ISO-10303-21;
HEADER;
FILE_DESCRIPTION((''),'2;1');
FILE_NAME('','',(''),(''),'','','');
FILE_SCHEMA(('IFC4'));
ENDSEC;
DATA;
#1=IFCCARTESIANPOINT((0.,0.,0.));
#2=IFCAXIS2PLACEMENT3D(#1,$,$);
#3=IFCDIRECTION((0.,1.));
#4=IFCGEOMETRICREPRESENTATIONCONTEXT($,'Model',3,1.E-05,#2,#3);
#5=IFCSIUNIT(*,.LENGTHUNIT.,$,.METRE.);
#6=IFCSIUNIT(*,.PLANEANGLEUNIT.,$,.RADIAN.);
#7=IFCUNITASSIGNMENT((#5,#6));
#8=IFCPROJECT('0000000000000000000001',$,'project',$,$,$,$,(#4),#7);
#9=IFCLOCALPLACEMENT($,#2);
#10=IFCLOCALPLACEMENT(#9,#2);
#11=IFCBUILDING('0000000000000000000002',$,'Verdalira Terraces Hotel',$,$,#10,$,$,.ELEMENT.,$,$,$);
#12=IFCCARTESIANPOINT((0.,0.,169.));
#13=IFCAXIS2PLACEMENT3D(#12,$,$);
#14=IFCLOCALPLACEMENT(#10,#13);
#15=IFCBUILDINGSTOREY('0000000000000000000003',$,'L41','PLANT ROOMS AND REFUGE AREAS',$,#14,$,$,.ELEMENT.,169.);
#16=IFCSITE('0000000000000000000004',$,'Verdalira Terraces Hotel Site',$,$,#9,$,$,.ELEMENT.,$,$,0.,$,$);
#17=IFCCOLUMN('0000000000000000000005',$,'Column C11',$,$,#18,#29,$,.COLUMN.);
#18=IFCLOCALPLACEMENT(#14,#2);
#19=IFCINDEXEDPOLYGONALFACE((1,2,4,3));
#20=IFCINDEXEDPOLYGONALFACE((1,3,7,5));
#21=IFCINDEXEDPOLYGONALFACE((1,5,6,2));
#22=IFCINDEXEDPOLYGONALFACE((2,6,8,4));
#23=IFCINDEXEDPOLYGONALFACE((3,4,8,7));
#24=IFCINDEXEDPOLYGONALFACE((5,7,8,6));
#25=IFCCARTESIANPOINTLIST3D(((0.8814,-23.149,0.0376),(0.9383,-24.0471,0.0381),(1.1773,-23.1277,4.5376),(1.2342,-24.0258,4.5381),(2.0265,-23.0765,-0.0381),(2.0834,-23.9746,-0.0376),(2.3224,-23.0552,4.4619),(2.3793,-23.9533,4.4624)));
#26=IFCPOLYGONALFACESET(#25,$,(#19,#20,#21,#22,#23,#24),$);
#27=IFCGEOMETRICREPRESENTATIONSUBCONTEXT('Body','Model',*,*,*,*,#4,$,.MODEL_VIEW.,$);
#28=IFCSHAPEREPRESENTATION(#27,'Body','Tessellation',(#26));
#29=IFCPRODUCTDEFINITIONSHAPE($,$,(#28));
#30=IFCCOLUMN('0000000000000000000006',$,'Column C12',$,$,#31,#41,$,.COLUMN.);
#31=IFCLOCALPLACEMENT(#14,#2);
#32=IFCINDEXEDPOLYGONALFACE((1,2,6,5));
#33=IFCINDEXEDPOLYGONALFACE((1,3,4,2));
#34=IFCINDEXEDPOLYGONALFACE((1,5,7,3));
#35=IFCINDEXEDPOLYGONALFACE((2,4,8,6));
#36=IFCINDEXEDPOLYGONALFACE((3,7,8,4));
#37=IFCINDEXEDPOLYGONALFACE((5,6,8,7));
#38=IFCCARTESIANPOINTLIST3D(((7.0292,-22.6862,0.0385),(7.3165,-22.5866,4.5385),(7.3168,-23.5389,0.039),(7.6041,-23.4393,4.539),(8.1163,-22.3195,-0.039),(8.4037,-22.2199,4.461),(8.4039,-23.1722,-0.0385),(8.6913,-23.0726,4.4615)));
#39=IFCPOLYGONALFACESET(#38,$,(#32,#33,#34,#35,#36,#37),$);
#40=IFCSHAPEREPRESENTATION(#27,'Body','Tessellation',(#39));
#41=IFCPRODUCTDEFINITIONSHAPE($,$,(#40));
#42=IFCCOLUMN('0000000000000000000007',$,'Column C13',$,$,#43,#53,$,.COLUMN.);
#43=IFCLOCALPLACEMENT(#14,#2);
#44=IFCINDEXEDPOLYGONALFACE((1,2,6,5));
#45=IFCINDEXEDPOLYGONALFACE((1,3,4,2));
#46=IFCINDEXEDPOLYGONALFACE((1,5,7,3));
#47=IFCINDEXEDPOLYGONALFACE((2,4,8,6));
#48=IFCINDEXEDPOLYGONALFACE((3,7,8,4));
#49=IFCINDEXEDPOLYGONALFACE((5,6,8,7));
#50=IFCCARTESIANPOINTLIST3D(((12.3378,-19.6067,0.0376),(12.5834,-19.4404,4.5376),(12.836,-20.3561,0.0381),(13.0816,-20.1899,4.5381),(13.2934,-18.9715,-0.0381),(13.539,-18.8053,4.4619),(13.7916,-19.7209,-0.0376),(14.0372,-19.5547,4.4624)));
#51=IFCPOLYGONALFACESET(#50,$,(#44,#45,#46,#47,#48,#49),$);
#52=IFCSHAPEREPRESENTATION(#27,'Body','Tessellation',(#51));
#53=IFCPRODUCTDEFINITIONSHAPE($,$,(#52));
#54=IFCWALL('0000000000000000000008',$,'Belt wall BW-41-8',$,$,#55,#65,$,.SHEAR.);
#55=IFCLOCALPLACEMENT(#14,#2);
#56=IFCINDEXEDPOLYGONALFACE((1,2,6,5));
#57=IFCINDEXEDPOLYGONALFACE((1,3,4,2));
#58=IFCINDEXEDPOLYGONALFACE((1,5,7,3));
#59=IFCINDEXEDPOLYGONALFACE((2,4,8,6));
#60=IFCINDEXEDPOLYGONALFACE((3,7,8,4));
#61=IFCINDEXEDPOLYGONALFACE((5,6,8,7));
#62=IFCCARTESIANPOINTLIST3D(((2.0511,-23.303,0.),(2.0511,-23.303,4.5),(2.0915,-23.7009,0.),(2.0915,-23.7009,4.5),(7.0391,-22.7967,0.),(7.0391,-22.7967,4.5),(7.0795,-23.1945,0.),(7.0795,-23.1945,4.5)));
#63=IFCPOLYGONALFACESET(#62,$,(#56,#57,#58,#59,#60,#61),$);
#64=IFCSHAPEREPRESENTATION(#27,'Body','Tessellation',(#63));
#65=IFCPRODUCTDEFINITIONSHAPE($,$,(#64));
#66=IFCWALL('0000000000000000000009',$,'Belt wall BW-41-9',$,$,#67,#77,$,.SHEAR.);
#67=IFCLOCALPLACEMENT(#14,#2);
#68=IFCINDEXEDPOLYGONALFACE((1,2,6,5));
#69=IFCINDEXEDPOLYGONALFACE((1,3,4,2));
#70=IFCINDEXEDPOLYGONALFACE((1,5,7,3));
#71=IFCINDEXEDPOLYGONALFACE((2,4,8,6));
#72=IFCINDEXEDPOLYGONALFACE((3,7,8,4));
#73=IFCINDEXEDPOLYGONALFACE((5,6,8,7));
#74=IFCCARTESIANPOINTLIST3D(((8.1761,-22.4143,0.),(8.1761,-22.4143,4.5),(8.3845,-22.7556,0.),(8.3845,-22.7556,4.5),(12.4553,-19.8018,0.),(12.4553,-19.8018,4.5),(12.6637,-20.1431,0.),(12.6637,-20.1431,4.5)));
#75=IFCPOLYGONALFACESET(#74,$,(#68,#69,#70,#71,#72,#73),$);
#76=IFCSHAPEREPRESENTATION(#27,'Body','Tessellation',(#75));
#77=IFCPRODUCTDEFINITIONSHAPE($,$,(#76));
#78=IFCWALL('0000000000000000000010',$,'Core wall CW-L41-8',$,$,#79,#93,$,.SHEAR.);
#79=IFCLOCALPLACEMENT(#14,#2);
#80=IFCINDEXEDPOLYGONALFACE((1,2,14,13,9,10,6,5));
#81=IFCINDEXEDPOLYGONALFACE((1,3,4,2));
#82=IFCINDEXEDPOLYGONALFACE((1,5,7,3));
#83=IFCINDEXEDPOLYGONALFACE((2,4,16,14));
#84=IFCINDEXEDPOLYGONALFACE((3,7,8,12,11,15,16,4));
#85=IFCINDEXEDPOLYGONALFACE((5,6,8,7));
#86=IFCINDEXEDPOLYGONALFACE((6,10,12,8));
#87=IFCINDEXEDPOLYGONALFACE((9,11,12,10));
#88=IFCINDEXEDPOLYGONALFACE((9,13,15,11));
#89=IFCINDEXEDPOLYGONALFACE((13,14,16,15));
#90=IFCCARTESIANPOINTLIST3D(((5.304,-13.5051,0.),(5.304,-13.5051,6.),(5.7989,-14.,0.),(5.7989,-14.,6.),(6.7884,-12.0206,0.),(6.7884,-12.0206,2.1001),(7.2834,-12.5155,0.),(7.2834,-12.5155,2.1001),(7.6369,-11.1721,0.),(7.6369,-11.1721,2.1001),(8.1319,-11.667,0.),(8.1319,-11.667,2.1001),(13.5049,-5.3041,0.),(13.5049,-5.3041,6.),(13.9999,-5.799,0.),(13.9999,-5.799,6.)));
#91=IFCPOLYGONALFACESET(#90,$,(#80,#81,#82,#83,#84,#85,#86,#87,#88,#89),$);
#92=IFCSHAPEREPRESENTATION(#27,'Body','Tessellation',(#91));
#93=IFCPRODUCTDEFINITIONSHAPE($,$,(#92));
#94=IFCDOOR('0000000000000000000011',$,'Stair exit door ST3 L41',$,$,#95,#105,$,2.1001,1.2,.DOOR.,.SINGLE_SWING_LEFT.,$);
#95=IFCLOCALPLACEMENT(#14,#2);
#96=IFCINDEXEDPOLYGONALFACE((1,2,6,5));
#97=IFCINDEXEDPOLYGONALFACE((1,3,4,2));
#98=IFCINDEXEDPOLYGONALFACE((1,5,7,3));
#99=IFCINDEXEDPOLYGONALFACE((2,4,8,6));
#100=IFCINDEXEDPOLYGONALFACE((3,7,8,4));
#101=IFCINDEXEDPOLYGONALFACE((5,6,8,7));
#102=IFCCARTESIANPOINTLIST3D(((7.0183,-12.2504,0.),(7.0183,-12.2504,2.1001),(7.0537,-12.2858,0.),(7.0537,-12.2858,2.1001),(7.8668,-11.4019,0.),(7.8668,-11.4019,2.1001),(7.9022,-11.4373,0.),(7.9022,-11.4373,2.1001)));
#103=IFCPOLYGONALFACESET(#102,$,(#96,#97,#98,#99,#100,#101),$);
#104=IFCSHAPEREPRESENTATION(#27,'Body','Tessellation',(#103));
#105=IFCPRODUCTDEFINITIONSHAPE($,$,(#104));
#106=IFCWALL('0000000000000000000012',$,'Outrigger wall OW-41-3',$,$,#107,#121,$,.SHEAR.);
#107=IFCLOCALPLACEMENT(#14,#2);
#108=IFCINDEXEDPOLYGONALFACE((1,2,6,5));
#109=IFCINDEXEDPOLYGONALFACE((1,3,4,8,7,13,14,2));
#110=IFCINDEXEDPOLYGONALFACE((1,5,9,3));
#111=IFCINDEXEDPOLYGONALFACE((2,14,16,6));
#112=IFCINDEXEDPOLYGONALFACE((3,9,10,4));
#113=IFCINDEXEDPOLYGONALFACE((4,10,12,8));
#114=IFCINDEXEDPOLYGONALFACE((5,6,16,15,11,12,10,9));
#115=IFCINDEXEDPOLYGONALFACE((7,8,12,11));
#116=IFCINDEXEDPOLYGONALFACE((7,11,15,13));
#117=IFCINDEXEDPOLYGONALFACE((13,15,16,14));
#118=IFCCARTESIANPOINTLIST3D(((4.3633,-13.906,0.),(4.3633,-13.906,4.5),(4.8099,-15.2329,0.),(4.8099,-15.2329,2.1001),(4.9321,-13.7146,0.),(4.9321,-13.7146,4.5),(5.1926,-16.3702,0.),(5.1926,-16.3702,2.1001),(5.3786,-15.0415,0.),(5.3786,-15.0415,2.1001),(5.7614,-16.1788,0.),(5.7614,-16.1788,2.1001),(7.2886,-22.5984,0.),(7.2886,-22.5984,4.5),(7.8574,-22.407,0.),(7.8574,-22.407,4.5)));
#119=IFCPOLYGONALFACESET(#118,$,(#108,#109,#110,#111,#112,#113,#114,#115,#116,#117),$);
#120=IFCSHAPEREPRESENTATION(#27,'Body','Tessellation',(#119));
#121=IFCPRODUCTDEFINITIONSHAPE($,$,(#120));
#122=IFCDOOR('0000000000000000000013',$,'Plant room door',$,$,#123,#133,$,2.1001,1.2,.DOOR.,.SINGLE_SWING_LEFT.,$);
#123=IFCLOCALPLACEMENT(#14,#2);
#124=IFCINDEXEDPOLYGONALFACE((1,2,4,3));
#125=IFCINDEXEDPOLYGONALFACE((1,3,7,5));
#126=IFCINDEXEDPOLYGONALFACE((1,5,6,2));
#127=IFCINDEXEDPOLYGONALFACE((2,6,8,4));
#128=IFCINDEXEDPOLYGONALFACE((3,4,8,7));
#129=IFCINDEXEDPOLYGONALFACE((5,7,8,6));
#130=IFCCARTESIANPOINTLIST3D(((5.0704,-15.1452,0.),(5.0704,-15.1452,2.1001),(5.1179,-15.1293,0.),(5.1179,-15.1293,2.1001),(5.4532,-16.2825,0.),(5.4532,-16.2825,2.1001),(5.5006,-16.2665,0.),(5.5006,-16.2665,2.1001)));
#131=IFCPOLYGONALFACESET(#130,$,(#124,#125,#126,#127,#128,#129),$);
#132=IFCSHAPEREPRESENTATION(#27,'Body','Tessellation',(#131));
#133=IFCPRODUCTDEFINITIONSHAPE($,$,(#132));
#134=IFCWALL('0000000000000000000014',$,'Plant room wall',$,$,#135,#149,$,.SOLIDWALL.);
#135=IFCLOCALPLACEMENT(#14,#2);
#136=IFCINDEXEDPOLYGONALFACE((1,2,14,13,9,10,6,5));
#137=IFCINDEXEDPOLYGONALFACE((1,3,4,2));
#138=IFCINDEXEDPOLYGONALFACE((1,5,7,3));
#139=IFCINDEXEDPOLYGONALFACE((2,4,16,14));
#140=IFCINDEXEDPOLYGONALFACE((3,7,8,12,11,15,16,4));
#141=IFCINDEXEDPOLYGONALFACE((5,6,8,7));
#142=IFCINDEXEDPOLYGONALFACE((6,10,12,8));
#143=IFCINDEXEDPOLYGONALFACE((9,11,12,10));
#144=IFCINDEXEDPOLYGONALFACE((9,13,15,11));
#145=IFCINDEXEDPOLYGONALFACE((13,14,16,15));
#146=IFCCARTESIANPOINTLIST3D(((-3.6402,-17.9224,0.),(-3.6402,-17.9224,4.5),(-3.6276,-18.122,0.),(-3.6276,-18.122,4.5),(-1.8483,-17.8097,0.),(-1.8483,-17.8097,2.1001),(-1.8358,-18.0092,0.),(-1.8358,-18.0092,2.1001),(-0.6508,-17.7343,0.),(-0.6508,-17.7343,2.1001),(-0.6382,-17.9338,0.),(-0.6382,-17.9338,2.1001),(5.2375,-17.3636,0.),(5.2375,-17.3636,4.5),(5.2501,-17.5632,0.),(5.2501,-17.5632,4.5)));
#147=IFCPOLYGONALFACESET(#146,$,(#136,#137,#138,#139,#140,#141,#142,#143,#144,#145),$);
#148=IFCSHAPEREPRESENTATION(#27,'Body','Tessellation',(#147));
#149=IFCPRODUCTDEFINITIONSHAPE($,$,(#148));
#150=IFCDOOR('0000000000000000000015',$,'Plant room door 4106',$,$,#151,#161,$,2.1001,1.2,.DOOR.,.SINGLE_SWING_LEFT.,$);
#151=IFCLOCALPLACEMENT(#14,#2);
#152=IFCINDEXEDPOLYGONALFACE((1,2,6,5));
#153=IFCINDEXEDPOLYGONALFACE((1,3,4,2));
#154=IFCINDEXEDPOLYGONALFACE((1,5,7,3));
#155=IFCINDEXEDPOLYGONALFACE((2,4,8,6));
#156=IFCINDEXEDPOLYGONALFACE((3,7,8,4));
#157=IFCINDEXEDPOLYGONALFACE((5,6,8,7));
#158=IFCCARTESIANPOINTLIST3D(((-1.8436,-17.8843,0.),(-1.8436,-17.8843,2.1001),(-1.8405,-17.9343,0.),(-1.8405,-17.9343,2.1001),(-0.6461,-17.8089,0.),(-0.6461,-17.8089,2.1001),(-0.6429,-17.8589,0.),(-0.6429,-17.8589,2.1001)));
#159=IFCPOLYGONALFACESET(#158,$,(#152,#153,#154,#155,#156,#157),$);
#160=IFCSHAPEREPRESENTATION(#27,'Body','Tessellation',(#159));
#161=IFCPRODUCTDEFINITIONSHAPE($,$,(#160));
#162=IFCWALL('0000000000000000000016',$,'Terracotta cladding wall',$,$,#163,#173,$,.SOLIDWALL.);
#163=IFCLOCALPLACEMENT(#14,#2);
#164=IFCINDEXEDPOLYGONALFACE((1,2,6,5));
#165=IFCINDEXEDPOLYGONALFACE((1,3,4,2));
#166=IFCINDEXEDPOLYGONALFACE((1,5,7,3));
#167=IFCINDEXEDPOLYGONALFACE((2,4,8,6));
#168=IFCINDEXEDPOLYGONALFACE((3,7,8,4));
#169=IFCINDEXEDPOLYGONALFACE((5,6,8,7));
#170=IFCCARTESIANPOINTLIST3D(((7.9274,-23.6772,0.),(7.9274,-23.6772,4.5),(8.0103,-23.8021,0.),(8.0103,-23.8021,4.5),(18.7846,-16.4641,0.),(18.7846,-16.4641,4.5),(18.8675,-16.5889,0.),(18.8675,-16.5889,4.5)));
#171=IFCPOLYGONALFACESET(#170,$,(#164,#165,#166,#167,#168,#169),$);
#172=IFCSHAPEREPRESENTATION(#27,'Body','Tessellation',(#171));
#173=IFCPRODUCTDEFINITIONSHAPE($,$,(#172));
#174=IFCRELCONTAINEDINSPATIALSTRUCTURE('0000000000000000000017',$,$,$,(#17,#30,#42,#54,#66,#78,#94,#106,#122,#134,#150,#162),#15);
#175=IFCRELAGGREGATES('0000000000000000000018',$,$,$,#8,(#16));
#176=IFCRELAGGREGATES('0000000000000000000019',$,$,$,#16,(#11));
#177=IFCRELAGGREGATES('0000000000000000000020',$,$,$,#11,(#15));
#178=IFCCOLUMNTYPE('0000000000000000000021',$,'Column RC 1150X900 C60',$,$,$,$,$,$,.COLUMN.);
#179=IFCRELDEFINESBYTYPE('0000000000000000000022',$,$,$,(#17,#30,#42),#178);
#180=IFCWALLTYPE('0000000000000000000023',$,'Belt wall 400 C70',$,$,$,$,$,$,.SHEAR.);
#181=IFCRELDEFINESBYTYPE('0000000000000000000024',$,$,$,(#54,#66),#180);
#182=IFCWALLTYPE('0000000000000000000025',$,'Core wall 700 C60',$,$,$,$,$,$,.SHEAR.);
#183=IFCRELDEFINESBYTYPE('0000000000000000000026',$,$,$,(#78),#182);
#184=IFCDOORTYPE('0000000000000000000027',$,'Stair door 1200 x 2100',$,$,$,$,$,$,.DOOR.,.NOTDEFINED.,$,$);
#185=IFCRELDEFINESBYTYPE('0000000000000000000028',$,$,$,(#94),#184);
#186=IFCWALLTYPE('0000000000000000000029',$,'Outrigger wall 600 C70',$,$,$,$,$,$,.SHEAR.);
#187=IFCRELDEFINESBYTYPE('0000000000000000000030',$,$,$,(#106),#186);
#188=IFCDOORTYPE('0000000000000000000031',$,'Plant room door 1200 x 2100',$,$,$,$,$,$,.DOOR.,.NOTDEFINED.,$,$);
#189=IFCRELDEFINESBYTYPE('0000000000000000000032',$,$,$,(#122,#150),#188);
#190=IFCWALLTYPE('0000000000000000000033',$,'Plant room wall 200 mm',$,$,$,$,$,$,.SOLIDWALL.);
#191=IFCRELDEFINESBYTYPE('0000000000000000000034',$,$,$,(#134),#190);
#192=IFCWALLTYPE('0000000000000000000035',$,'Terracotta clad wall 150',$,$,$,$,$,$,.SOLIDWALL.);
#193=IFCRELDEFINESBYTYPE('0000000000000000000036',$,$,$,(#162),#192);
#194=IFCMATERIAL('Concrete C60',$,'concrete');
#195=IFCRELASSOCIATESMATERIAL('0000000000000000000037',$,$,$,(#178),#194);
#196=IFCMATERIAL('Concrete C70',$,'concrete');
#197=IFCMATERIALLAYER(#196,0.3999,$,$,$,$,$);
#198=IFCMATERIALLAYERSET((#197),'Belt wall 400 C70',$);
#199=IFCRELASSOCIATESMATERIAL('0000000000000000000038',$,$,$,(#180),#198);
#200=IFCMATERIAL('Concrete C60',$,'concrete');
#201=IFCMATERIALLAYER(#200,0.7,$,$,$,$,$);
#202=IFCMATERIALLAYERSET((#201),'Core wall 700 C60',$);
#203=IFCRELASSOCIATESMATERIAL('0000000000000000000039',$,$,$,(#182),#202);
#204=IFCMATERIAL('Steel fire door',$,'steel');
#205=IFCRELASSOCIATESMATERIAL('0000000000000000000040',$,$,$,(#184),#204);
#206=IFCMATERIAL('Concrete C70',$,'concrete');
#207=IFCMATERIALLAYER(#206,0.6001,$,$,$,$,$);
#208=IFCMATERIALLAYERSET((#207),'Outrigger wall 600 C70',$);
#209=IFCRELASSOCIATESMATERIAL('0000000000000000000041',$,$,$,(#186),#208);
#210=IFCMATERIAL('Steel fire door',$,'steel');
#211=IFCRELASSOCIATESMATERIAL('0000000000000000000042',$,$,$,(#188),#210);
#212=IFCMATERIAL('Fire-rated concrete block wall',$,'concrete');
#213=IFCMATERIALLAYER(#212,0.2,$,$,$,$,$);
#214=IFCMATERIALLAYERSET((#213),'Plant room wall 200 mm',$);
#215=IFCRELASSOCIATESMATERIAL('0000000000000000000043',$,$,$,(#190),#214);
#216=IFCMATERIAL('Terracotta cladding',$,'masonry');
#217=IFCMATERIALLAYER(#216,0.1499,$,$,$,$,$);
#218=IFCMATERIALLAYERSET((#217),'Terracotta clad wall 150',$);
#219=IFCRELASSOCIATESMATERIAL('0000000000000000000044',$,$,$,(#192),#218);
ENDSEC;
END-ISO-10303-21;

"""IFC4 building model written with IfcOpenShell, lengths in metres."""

from ifc_helpers import new_model, si_unit, direction, frame, frame_2d, origin, origin_2d, place, context, subcontext, project, spatial, rectangle, extrude, material, layer, layer_set, material_profile, profile_set, type_object, element, fill, save


model = new_model("IFC4")

# Units and contexts
model_context = context("Model", 3, precision=1e-05, world=origin(), true_north=direction((0.0, 1.0)))
body_context = subcontext(model_context, "Body", "Model", "MODEL_VIEW")
ifc_project = project(units=[si_unit("LENGTHUNIT", "METRE"), si_unit("PLANEANGLEUNIT", "RADIAN")], contexts=[model_context])

# Site, building, storey
site_placement = place(None, origin())
site = spatial("IfcSite", under=ifc_project, at=site_placement, Name="Verdalira Terraces Hotel Site", CompositionType="ELEMENT", RefElevation=0.0)
building_placement = place(site_placement, origin())
building = spatial("IfcBuilding", under=site, at=building_placement, Name="Verdalira Terraces Hotel", CompositionType="ELEMENT")
storey_placement = place(building_placement, frame((0.0, 0.0, 169.0)))
storey = spatial("IfcBuildingStorey", under=building, at=storey_placement, Name="L41", Description="PLANT ROOMS AND REFUGE AREAS", CompositionType="ELEMENT", Elevation=169.0)

# Columns
ifc_material_1 = material(Name="Concrete C60", Category="concrete")
ifc_material_profile_1 = material_profile(ifc_material_1, rectangle(XDim=1.1499, YDim=0.8999, at=origin_2d()), Name="RC 1150X900")
ifc_profile_set_1 = profile_set([ifc_material_profile_1], Name="Concrete C60")
column_type = type_object("IfcColumnType", Name="Column RC 1150X900 C60", PredefinedType="COLUMN", material=ifc_profile_set_1)
column_1_placement = place(storey_placement, frame((1.4824, -23.5618, 0.0), z_axis=(0.065613, 0.00471, 0.997834), x_axis=(0.995839, 0.063067, -0.065779)))
element("IfcColumn", 1, at=column_1_placement, inside=storey, type_object=column_type, Name="Column C11", PredefinedType="COLUMN", context=body_context, shape_type="SweptSolid", body=[
    extrude(rectangle(XDim=1.1499, YDim=0.8999, at=origin_2d()), origin(), (0.0, 0.0, 1.0), 4.5098),
])
column_2_placement = place(storey_placement, frame((7.7166, -22.9292, 0.0), z_axis=(0.063711, 0.022085, 0.997724), x_axis=(-0.945409, -0.318834, 0.067428)))
element("IfcColumn", 2, at=column_2_placement, inside=storey, type_object=column_type, Name="Column C12", PredefinedType="COLUMN", context=body_context, shape_type="SweptSolid", body=[
    extrude(rectangle(XDim=1.1499, YDim=0.8999, at=origin_2d()), origin(), (0.0, 0.0, 1.0), 4.5103),
])
column_3_placement = place(storey_placement, frame((13.0647, -19.6638, 0.0), z_axis=(0.054461, 0.036867, 0.997835), x_axis=(0.830988, 0.55239, -0.065763)))
element("IfcColumn", 3, at=column_3_placement, inside=storey, type_object=column_type, Name="Column C13", PredefinedType="COLUMN", context=body_context, shape_type="SweptSolid", body=[
    extrude(rectangle(XDim=1.1499, YDim=0.8999, at=origin_2d()), origin(), (0.0, 0.0, 1.0), 4.5098),
])

# Walls
ifc_material_2 = material(Name="Concrete C70", Category="concrete")
ifc_layer_1 = layer(ifc_material_2, 0.3999)
ifc_layer_set_1 = layer_set([ifc_layer_1], Name="Belt wall 400 C70")
wall_type_1 = type_object("IfcWallType", Name="Belt wall 400 C70", PredefinedType="SHEAR", material=ifc_layer_set_1)
for number, where, z_axis, x_axis, name in (
    (4, (2.0713, -23.502, 0.0), (0.0, 0.0, 1.0), (0.994887, 0.100993, 0.0), "Belt wall BW-41-8"),
    (5, (8.2803, -22.585, 0.0), (0.0, 0.0, 1.0), (0.85351, 0.521076, 0.0), "Belt wall BW-41-9"),
):
    element("IfcWall", number, at=place(storey_placement, frame(where, z_axis=z_axis, x_axis=x_axis)), inside=storey, type_object=wall_type_1, Name=name, PredefinedType="SHEAR", context=body_context, shape_type="SweptSolid", body=[
        extrude(rectangle(XDim=5.0137, YDim=0.3999, at=frame_2d((2.5068, 0.0))), origin(), (0.0, 0.0, 1.0), 4.5),
    ])

# Walls, openings, doors
ifc_material_3 = material(Name="Concrete C60", Category="concrete")
ifc_layer_2 = layer(ifc_material_3, 0.7)
ifc_layer_set_2 = layer_set([ifc_layer_2], Name="Core wall 700 C60")
wall_type_2 = type_object("IfcWallType", Name="Core wall 700 C60", PredefinedType="SHEAR", material=ifc_layer_set_2)
wall_1_placement = place(storey_placement, frame((5.5515, -13.7524, 0.0), z_axis=(0.0, 0.0, 1.0), x_axis=(0.707107, 0.707107, 0.0)))
wall_1 = element("IfcWall", 6, at=wall_1_placement, inside=storey, type_object=wall_type_2, Name="Core wall CW-L41-8", PredefinedType="SHEAR", context=body_context, shape_type="SweptSolid", body=[
    extrude(rectangle(XDim=11.5979, YDim=0.7, at=frame_2d((5.7988, 0.0))), origin(), (0.0, 0.0, 1.0), 6.0),
])
opening_1_placement = place(wall_1_placement, frame((2.0991, 0.0, 0.0)))
opening_1 = element("IfcOpeningElement", 7, at=opening_1_placement, cuts=wall_1, PredefinedType="OPENING", context=body_context, shape_type="SweptSolid", body=[
    extrude(rectangle(XDim=1.2, YDim=2.1001, at=frame_2d((0.6001, 1.05))), frame((0.0, 0.3599, 0.0), z_axis=(0.0, -1.0, 0.0), x_axis=(1.0, 0.0, 0.0)), (0.0, 0.0, 1.0), 0.72),
])
ifc_material_4 = material(Name="Steel fire door", Category="steel")
door_type_1 = type_object("IfcDoorType", Name="Stair door 1200 x 2100", OperationType="NOTDEFINED", PredefinedType="DOOR", material=ifc_material_4)
door_1_placement = place(opening_1_placement, origin())
door_1 = element("IfcDoor", 8, at=door_1_placement, inside=storey, type_object=door_type_1, Name="Stair exit door ST3 L41", OperationType="SINGLE_SWING_LEFT", OverallHeight=2.1001, OverallWidth=1.2, PredefinedType="DOOR", context=body_context, shape_type="SweptSolid", body=[
    extrude(rectangle(XDim=1.2, YDim=2.1001, at=frame_2d((0.6001, 1.05))), frame((0.0, 0.0249, 0.0), z_axis=(0.0, -1.0, 0.0), x_axis=(1.0, 0.0, 0.0)), (0.0, 0.0, 1.0), 0.05),
])
fill(opening_1, door_1)
ifc_material_5 = material(Name="Concrete C70", Category="concrete")
ifc_layer_3 = layer(ifc_material_5, 0.6001)
ifc_layer_set_3 = layer_set([ifc_layer_3], Name="Outrigger wall 600 C70")
wall_type_3 = type_object("IfcWallType", Name="Outrigger wall 600 C70", PredefinedType="SHEAR", material=ifc_layer_set_3)
wall_2_placement = place(storey_placement, frame((4.6477, -13.8103, 0.0), z_axis=(0.0, 0.0, 1.0), x_axis=(0.318958, -0.947769, 0.0)))
wall_2 = element("IfcWall", 9, at=wall_2_placement, inside=storey, type_object=wall_type_3, Name="Outrigger wall OW-41-3", PredefinedType="SHEAR", context=body_context, shape_type="SweptSolid", body=[
    extrude(rectangle(XDim=9.1714, YDim=0.6001, at=frame_2d((4.5857, 0.0))), origin(), (0.0, 0.0, 1.0), 4.5),
])
opening_2_placement = place(wall_2_placement, frame((1.3999, 0.0, 0.0)))
opening_2 = element("IfcOpeningElement", 10, at=opening_2_placement, cuts=wall_2, PredefinedType="OPENING", context=body_context, shape_type="SweptSolid", body=[
    extrude(rectangle(XDim=1.2, YDim=2.1001, at=frame_2d((0.6001, 1.05))), frame((0.0, 0.3101, 0.0), z_axis=(0.0, -1.0, 0.0), x_axis=(1.0, 0.0, 0.0)), (0.0, 0.0, 1.0), 0.6201),
])
ifc_material_6 = material(Name="Steel fire door", Category="steel")
door_type_2 = type_object("IfcDoorType", Name="Plant room door 1200 x 2100", OperationType="NOTDEFINED", PredefinedType="DOOR", material=ifc_material_6)
door_2_placement = place(opening_2_placement, origin())
door_2 = element("IfcDoor", 11, at=door_2_placement, inside=storey, type_object=door_type_2, Name="Plant room door", OperationType="SINGLE_SWING_LEFT", OverallHeight=2.1001, OverallWidth=1.2, PredefinedType="DOOR", context=body_context, shape_type="SweptSolid", body=[
    extrude(rectangle(XDim=1.2, YDim=2.1001, at=frame_2d((0.6001, 1.05))), frame((0.0, 0.0249, 0.0), z_axis=(0.0, -1.0, 0.0), x_axis=(1.0, 0.0, 0.0)), (0.0, 0.0, 1.0), 0.05),
])
fill(opening_2, door_2)
ifc_material_7 = material(Name="Fire-rated concrete block wall", Category="concrete")
ifc_layer_4 = layer(ifc_material_7, 0.2)
ifc_layer_set_4 = layer_set([ifc_layer_4], Name="Plant room wall 200 mm")
wall_type_4 = type_object("IfcWallType", Name="Plant room wall 200 mm", PredefinedType="SOLIDWALL", material=ifc_layer_set_4)
wall_3_placement = place(storey_placement, frame((5.2439, -17.4634, 0.0), z_axis=(0.0, 0.0, 1.0), x_axis=(-0.998025, -0.062824, 0.0)))
wall_3 = element("IfcWall", 12, at=wall_3_placement, inside=storey, type_object=wall_type_4, Name="Plant room wall", PredefinedType="SOLIDWALL", context=body_context, shape_type="SweptSolid", body=[
    extrude(rectangle(XDim=8.8953, YDim=0.2, at=frame_2d((4.4478, 0.0))), origin(), (0.0, 0.0, 1.0), 4.5),
])
opening_3_placement = place(wall_3_placement, frame((5.8999, 0.0, 0.0)))
opening_3 = element("IfcOpeningElement", 13, at=opening_3_placement, cuts=wall_3, PredefinedType="OPENING", context=body_context, shape_type="SweptSolid", body=[
    extrude(rectangle(XDim=1.2, YDim=2.1001, at=frame_2d((0.6001, 1.05))), frame((0.0, 0.1099, 0.0), z_axis=(0.0, -1.0, 0.0), x_axis=(1.0, 0.0, 0.0)), (0.0, 0.0, 1.0), 0.22),
])
door_3_placement = place(opening_3_placement, origin())
door_3 = element("IfcDoor", 14, at=door_3_placement, inside=storey, type_object=door_type_2, Name="Plant room door 4106", OperationType="SINGLE_SWING_LEFT", OverallHeight=2.1001, OverallWidth=1.2, PredefinedType="DOOR", context=body_context, shape_type="SweptSolid", body=[
    extrude(rectangle(XDim=1.2, YDim=2.1001, at=frame_2d((0.6001, 1.05))), frame((0.0, 0.0249, 0.0), z_axis=(0.0, -1.0, 0.0), x_axis=(1.0, 0.0, 0.0)), (0.0, 0.0, 1.0), 0.05),
])
fill(opening_3, door_3)

# Wall
ifc_material_8 = material(Name="Terracotta cladding", Category="masonry")
ifc_layer_5 = layer(ifc_material_8, 0.1499)
ifc_layer_set_5 = layer_set([ifc_layer_5], Name="Terracotta clad wall 150")
wall_type_5 = type_object("IfcWallType", Name="Terracotta clad wall 150", PredefinedType="SOLIDWALL", material=ifc_layer_set_5)
wall_4_placement = place(storey_placement, frame((7.9688, -23.7397, 0.0), z_axis=(0.0, 0.0, 1.0), x_axis=(0.832934, 0.553373, 0.0)))
element("IfcWall", 15, at=wall_4_placement, inside=storey, type_object=wall_type_5, Name="Terracotta cladding wall", PredefinedType="SOLIDWALL", context=body_context, shape_type="SweptSolid", body=[
    extrude(rectangle(XDim=13.0349, YDim=0.1499, at=frame_2d((6.5176, 0.0))), origin(), (0.0, 0.0, 1.0), 4.5),
])

save(model, "model.ifc")
